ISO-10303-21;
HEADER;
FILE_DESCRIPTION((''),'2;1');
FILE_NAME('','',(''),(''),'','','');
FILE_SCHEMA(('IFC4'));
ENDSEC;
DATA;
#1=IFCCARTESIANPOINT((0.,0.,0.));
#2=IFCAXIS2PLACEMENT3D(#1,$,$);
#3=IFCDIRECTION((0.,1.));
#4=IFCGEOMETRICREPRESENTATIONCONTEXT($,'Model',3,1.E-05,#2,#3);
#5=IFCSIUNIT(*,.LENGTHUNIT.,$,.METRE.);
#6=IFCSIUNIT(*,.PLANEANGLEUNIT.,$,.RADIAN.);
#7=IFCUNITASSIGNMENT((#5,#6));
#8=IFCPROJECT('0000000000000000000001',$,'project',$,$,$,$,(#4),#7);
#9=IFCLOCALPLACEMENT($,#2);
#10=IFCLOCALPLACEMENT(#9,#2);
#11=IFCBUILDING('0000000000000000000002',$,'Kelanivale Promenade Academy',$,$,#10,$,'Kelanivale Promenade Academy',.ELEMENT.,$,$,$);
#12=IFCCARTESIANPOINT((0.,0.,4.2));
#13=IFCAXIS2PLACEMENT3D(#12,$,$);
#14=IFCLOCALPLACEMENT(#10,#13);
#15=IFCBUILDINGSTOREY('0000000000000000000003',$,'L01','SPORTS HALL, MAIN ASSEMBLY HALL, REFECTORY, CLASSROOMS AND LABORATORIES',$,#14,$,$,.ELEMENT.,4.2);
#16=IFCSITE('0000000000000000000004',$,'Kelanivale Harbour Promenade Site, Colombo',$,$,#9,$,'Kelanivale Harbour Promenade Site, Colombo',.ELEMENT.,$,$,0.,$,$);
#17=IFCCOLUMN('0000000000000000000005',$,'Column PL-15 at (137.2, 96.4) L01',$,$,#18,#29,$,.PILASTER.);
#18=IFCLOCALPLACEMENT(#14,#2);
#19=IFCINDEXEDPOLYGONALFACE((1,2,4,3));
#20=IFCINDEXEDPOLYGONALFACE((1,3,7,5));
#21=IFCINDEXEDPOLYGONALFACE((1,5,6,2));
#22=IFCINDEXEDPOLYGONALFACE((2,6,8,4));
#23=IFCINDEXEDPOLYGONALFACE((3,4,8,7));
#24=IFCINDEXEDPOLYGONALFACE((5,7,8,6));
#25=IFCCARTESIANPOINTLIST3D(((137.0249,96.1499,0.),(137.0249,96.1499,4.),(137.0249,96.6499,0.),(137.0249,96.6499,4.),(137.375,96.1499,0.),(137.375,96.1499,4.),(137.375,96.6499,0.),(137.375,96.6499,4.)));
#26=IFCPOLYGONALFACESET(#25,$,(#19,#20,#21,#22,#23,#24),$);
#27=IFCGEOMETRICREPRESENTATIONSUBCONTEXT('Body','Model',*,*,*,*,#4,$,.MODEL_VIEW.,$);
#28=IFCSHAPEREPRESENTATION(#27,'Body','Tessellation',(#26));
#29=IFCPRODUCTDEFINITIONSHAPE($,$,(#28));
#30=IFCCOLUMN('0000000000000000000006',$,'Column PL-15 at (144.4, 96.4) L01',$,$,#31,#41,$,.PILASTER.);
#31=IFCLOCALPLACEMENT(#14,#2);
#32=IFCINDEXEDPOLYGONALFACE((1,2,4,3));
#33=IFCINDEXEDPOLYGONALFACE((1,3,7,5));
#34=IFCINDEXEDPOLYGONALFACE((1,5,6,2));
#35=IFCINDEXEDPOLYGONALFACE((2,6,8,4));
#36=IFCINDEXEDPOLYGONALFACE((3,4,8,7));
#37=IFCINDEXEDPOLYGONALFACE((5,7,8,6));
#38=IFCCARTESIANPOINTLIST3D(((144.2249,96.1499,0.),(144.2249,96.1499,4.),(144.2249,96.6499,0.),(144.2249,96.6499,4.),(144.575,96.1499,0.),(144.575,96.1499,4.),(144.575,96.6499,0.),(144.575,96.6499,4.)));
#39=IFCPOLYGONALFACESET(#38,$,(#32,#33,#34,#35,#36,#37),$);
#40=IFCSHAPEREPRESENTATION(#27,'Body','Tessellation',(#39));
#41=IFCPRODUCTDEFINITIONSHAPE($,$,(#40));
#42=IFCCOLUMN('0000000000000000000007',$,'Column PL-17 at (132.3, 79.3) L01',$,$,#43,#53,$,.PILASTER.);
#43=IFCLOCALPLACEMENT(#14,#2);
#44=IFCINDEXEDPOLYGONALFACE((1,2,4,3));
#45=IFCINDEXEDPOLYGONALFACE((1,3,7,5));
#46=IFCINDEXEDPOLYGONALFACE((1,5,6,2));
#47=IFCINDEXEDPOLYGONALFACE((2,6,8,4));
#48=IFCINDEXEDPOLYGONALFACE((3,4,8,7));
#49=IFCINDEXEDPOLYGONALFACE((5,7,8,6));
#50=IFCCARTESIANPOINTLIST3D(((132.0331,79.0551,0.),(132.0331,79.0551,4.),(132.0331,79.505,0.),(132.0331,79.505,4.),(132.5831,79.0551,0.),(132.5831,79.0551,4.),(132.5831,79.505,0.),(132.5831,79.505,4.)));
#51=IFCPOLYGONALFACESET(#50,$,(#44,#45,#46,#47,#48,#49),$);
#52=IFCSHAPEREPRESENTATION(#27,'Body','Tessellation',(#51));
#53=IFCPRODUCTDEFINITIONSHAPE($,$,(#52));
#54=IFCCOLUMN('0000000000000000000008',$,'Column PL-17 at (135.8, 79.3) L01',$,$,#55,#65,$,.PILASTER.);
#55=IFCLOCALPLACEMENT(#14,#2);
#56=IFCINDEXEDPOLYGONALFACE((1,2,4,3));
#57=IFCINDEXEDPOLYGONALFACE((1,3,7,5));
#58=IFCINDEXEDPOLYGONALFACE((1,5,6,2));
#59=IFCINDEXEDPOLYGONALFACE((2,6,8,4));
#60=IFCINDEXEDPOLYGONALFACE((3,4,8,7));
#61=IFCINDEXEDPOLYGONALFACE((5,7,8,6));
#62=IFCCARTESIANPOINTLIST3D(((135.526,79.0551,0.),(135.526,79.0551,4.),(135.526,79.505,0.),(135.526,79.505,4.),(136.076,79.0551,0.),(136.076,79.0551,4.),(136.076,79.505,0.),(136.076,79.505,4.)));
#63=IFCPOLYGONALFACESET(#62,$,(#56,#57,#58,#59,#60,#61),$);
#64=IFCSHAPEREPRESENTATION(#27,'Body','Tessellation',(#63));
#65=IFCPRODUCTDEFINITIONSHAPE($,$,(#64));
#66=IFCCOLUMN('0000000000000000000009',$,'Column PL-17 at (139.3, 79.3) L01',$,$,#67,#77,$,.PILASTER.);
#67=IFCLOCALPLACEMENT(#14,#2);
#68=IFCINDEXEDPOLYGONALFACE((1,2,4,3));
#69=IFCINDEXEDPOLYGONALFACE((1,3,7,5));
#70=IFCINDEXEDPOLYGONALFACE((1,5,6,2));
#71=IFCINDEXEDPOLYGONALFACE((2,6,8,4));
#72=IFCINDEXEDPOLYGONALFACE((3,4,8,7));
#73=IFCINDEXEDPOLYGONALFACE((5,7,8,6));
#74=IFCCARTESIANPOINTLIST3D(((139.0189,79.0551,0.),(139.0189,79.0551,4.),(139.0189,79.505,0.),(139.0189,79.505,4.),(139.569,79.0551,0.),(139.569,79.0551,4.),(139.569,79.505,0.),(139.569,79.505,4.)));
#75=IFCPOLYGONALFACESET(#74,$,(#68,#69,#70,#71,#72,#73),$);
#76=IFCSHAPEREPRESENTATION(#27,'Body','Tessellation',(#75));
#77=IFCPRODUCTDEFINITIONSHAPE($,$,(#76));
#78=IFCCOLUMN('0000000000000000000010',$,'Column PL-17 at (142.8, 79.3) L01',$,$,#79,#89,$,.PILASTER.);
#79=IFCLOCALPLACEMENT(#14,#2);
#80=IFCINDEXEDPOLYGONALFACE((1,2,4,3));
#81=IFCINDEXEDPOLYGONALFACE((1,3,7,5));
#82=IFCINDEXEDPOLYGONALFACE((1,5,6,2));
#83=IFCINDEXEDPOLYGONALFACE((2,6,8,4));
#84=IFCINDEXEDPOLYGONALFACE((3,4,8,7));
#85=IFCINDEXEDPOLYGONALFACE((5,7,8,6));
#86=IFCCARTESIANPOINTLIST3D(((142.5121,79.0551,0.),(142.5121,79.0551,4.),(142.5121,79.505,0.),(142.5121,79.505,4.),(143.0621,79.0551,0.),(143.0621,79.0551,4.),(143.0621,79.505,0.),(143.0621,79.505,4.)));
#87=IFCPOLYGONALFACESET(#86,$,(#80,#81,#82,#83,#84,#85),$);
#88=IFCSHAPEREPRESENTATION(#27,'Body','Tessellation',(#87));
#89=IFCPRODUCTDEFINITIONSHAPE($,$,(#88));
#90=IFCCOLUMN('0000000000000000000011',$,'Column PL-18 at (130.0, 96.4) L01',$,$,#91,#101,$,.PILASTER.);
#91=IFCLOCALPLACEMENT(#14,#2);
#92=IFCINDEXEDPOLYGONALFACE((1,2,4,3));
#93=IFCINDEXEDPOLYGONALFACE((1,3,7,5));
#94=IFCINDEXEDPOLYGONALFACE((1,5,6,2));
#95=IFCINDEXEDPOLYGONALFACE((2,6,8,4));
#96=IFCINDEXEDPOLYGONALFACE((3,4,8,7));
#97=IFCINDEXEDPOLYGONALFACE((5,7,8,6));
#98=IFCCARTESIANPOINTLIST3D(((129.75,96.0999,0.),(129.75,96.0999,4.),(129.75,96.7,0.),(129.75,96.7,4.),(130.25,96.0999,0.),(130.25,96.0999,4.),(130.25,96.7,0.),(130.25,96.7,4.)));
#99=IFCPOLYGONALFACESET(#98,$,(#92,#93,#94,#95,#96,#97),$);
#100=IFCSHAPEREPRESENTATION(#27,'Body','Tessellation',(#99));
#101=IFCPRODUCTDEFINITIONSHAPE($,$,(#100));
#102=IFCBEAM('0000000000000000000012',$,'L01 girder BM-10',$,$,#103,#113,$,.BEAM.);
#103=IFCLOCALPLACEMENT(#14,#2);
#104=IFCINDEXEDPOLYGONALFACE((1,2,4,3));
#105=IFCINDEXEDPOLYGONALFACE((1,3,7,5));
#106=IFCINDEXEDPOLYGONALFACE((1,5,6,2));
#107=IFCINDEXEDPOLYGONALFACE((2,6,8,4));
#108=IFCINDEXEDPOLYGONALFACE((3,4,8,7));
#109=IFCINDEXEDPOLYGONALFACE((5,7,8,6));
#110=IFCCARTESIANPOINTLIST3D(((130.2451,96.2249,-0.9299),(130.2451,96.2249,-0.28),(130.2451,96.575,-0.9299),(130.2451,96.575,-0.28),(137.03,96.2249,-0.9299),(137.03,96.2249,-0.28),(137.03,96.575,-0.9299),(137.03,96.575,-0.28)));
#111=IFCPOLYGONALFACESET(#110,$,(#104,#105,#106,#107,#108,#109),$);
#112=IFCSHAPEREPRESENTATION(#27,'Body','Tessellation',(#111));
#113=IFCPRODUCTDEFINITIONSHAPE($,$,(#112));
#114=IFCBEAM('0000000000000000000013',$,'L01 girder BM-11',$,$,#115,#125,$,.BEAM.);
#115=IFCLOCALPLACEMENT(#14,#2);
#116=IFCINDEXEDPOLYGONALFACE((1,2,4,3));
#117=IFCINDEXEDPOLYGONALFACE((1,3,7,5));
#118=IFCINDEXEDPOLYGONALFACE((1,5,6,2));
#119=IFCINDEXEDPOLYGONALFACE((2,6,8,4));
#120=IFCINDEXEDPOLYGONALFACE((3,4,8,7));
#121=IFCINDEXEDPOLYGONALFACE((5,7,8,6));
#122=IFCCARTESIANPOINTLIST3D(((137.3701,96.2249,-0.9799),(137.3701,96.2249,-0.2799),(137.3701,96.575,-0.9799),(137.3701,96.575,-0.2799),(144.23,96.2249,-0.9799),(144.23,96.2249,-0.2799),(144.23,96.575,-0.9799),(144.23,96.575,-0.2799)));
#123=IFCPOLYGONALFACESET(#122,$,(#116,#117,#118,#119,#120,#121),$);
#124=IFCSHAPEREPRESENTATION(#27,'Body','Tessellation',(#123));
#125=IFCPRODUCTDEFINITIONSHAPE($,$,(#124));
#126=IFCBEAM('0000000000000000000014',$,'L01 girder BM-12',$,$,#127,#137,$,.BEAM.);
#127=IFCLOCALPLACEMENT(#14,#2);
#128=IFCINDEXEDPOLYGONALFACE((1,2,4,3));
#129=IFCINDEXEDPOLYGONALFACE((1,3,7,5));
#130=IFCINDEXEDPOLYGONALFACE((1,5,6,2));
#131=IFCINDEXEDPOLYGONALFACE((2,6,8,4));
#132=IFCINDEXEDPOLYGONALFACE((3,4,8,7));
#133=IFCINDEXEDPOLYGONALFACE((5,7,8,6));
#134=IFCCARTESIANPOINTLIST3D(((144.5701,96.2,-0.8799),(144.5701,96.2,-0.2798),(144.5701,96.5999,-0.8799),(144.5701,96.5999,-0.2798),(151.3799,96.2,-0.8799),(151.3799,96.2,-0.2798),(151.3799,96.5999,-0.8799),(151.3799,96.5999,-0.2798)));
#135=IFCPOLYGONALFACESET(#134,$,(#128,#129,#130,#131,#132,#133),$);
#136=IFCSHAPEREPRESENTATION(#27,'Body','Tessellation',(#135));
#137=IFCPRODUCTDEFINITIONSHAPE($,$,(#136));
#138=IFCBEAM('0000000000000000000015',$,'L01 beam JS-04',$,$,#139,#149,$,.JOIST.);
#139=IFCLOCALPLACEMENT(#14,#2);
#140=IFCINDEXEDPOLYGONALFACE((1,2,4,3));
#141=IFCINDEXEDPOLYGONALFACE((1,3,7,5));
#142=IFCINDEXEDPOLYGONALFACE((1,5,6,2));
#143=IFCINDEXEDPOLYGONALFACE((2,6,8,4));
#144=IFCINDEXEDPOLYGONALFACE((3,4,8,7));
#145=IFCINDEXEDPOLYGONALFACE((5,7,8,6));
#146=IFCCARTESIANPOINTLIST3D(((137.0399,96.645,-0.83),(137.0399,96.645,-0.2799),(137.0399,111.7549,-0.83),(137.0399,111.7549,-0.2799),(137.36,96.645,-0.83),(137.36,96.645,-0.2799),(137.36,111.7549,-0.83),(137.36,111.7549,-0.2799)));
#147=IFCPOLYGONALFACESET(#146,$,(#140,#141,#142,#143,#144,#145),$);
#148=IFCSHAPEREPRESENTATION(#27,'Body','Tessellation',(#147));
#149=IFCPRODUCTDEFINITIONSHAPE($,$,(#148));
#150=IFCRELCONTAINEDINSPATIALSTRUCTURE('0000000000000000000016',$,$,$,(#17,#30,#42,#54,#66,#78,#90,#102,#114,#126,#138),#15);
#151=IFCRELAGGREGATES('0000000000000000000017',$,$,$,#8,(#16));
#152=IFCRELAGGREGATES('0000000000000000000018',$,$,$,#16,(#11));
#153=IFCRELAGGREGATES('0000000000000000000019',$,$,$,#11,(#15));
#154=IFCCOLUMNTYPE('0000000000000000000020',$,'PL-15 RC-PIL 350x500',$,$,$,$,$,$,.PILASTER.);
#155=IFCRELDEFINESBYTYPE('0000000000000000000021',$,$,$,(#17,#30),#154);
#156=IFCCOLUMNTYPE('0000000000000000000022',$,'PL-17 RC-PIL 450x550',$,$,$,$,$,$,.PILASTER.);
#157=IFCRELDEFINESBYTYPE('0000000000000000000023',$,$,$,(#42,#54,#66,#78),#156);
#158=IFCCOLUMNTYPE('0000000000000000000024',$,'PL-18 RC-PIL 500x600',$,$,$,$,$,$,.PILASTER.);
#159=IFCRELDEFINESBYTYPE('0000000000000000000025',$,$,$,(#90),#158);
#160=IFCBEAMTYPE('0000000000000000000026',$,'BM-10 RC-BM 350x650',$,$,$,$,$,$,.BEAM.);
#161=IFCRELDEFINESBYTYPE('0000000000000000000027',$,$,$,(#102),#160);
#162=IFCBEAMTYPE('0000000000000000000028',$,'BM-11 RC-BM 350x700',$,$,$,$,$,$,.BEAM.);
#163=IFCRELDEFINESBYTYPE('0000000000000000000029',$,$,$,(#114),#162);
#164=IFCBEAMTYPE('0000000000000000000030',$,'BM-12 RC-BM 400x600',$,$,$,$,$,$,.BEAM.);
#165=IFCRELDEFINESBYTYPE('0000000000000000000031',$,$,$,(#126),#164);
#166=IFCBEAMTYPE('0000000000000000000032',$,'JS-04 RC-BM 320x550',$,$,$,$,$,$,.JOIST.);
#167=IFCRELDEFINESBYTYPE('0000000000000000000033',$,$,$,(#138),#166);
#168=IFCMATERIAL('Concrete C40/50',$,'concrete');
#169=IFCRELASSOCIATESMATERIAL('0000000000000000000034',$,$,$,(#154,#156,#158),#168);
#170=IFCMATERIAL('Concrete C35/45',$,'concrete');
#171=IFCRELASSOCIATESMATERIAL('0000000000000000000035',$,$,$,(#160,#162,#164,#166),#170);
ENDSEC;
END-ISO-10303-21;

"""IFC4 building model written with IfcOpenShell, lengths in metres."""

from ifc_helpers import new_model, si_unit, direction, frame, origin, origin_2d, place, context, subcontext, project, spatial, rectangle, extrude, material, material_profile, profile_set, type_object, element, save


model = new_model("IFC4")

# Units and contexts
model_context = context("Model", 3, precision=1e-05, world=origin(), true_north=direction((0.0, 1.0)))
body_context = subcontext(model_context, "Body", "Model", "MODEL_VIEW")
ifc_project = project(units=[si_unit("LENGTHUNIT", "METRE"), si_unit("PLANEANGLEUNIT", "RADIAN")], contexts=[model_context])

# Site, building, storey
site_placement = place(None, origin())
site = spatial("IfcSite", under=ifc_project, at=site_placement, Name="Kelanivale Harbour Promenade Site, Colombo", LongName="Kelanivale Harbour Promenade Site, Colombo", CompositionType="ELEMENT", RefElevation=0.0)
building_placement = place(site_placement, origin())
building = spatial("IfcBuilding", under=site, at=building_placement, Name="Kelanivale Promenade Academy", LongName="Kelanivale Promenade Academy", CompositionType="ELEMENT")
storey_placement = place(building_placement, frame((0.0, 0.0, 4.2)))
storey = spatial("IfcBuildingStorey", under=building, at=storey_placement, Name="L01", Description="SPORTS HALL, MAIN ASSEMBLY HALL, REFECTORY, CLASSROOMS AND LABORATORIES", CompositionType="ELEMENT", Elevation=4.2)

# Columns
ifc_material_1 = material(Name="Concrete C40/50", Category="concrete")
ifc_material_profile_1 = material_profile(ifc_material_1, rectangle(XDim=0.3501, YDim=0.5, at=origin_2d()), Name="RC-PIL 350x500")
ifc_profile_set_1 = profile_set([ifc_material_profile_1], Name="Concrete C40/50")
column_type_1 = type_object("IfcColumnType", Name="PL-15 RC-PIL 350x500", PredefinedType="PILASTER", material=ifc_profile_set_1)
for number, where, z_axis, x_axis, name in (
    (1, (137.2, 96.3999, 0.0), (0.0, 0.0, 1.0), (1.0, 0.0, 0.0), "Column PL-15 at (137.2, 96.4) L01"),
    (2, (144.3999, 96.3999, 0.0), (0.0, 0.0, 1.0), (1.0, 0.0, 0.0), "Column PL-15 at (144.4, 96.4) L01"),
):
    element("IfcColumn", number, at=place(storey_placement, frame(where, z_axis=z_axis, x_axis=x_axis)), inside=storey, type_object=column_type_1, Name=name, PredefinedType="PILASTER", context=body_context, shape_type="SweptSolid", body=[
        extrude(rectangle(XDim=0.3501, YDim=0.5, at=origin_2d()), origin(), (0.0, 0.0, 1.0), 4.0),
    ])
ifc_material_profile_2 = material_profile(ifc_material_1, rectangle(XDim=0.45, YDim=0.55, at=origin_2d()), Name="RC-PIL 450x550")
ifc_profile_set_2 = profile_set([ifc_material_profile_2], Name="Concrete C40/50")
column_type_2 = type_object("IfcColumnType", Name="PL-17 RC-PIL 450x550", PredefinedType="PILASTER", material=ifc_profile_set_2)
for number, where, z_axis, x_axis, name in (
    (3, (132.3081, 79.28, 0.0), (0.0, 0.0, 1.0), (0.0, 1.0, 0.0), "Column PL-17 at (132.3, 79.3) L01"),
    (4, (135.801, 79.28, 0.0), (0.0, 0.0, 1.0), (0.0, 1.0, 0.0), "Column PL-17 at (135.8, 79.3) L01"),
    (5, (139.2939, 79.28, 0.0), (0.0, 0.0, 1.0), (0.0, 1.0, 0.0), "Column PL-17 at (139.3, 79.3) L01"),
    (6, (142.7871, 79.28, 0.0), (0.0, 0.0, 1.0), (0.0, 1.0, 0.0), "Column PL-17 at (142.8, 79.3) L01"),
):
    element("IfcColumn", number, at=place(storey_placement, frame(where, z_axis=z_axis, x_axis=x_axis)), inside=storey, type_object=column_type_2, Name=name, PredefinedType="PILASTER", context=body_context, shape_type="SweptSolid", body=[
        extrude(rectangle(XDim=0.45, YDim=0.55, at=origin_2d()), origin(), (0.0, 0.0, 1.0), 4.0),
    ])
ifc_material_profile_3 = material_profile(ifc_material_1, rectangle(XDim=0.5, YDim=0.6001, at=origin_2d()), Name="RC-PIL 500x600")
ifc_profile_set_3 = profile_set([ifc_material_profile_3], Name="Concrete C40/50")
column_type_3 = type_object("IfcColumnType", Name="PL-18 RC-PIL 500x600", PredefinedType="PILASTER", material=ifc_profile_set_3)
column_placement = place(storey_placement, frame((130.0, 96.3999, 0.0), z_axis=(0.0, 0.0, 1.0), x_axis=(1.0, 0.0, 0.0)))
element("IfcColumn", 7, at=column_placement, inside=storey, type_object=column_type_3, Name="Column PL-18 at (130.0, 96.4) L01", PredefinedType="PILASTER", context=body_context, shape_type="SweptSolid", body=[
    extrude(rectangle(XDim=0.5, YDim=0.6001, at=origin_2d()), origin(), (0.0, 0.0, 1.0), 4.0),
])

# Beams
ifc_material_2 = material(Name="Concrete C35/45", Category="concrete")
ifc_material_profile_4 = material_profile(ifc_material_2, rectangle(XDim=0.3501, YDim=0.6499, at=origin_2d()), Name="RC-BM 350x650")
ifc_profile_set_4 = profile_set([ifc_material_profile_4], Name="Concrete C35/45")
beam_type_1 = type_object("IfcBeamType", Name="BM-10 RC-BM 350x650", PredefinedType="BEAM", material=ifc_profile_set_4)
beam_1_placement = place(storey_placement, frame((130.2451, 96.3999, -0.605), z_axis=(1.0, 0.0, 0.0), x_axis=(0.0, 1.0, 0.0)))
element("IfcBeam", 8, at=beam_1_placement, inside=storey, type_object=beam_type_1, Name="L01 girder BM-10", PredefinedType="BEAM", context=body_context, shape_type="SweptSolid", body=[
    extrude(rectangle(XDim=0.3501, YDim=0.6499, at=origin_2d()), origin(), (0.0, 0.0, 1.0), 6.7849),
])
ifc_material_profile_5 = material_profile(ifc_material_2, rectangle(XDim=0.3501, YDim=0.7, at=origin_2d()), Name="RC-BM 350x700")
ifc_profile_set_5 = profile_set([ifc_material_profile_5], Name="Concrete C35/45")
beam_type_2 = type_object("IfcBeamType", Name="BM-11 RC-BM 350x700", PredefinedType="BEAM", material=ifc_profile_set_5)
beam_2_placement = place(storey_placement, frame((137.3701, 96.3999, -0.6299), z_axis=(1.0, 0.0, 0.0), x_axis=(0.0, 1.0, 0.0)))
element("IfcBeam", 9, at=beam_2_placement, inside=storey, type_object=beam_type_2, Name="L01 girder BM-11", PredefinedType="BEAM", context=body_context, shape_type="SweptSolid", body=[
    extrude(rectangle(XDim=0.3501, YDim=0.7, at=origin_2d()), origin(), (0.0, 0.0, 1.0), 6.8599),
])
ifc_material_profile_6 = material_profile(ifc_material_2, rectangle(XDim=0.3999, YDim=0.6001, at=origin_2d()), Name="RC-BM 400x600")
ifc_profile_set_6 = profile_set([ifc_material_profile_6], Name="Concrete C35/45")
beam_type_3 = type_object("IfcBeamType", Name="BM-12 RC-BM 400x600", PredefinedType="BEAM", material=ifc_profile_set_6)
beam_3_placement = place(storey_placement, frame((144.5701, 96.3999, -0.5798), z_axis=(1.0, 0.0, 0.0), x_axis=(0.0, 1.0, 0.0)))
element("IfcBeam", 10, at=beam_3_placement, inside=storey, type_object=beam_type_3, Name="L01 girder BM-12", PredefinedType="BEAM", context=body_context, shape_type="SweptSolid", body=[
    extrude(rectangle(XDim=0.3999, YDim=0.6001, at=origin_2d()), origin(), (0.0, 0.0, 1.0), 6.8098),
])
ifc_material_profile_7 = material_profile(ifc_material_2, rectangle(XDim=0.3201, YDim=0.55, at=origin_2d()), Name="RC-BM 320x550")
ifc_profile_set_7 = profile_set([ifc_material_profile_7], Name="Concrete C35/45")
beam_type_4 = type_object("IfcBeamType", Name="JS-04 RC-BM 320x550", PredefinedType="JOIST", material=ifc_profile_set_7)
beam_4_placement = place(storey_placement, frame((137.2, 96.645, -0.5549), z_axis=(0.0, 1.0, 0.0), x_axis=(-1.0, 0.0, 0.0)))
element("IfcBeam", 11, at=beam_4_placement, inside=storey, type_object=beam_type_4, Name="L01 beam JS-04", PredefinedType="JOIST", context=body_context, shape_type="SweptSolid", body=[
    extrude(rectangle(XDim=0.3201, YDim=0.55, at=origin_2d()), origin(), (0.0, 0.0, 1.0), 15.1099),
])

save(model, "model.ifc")
